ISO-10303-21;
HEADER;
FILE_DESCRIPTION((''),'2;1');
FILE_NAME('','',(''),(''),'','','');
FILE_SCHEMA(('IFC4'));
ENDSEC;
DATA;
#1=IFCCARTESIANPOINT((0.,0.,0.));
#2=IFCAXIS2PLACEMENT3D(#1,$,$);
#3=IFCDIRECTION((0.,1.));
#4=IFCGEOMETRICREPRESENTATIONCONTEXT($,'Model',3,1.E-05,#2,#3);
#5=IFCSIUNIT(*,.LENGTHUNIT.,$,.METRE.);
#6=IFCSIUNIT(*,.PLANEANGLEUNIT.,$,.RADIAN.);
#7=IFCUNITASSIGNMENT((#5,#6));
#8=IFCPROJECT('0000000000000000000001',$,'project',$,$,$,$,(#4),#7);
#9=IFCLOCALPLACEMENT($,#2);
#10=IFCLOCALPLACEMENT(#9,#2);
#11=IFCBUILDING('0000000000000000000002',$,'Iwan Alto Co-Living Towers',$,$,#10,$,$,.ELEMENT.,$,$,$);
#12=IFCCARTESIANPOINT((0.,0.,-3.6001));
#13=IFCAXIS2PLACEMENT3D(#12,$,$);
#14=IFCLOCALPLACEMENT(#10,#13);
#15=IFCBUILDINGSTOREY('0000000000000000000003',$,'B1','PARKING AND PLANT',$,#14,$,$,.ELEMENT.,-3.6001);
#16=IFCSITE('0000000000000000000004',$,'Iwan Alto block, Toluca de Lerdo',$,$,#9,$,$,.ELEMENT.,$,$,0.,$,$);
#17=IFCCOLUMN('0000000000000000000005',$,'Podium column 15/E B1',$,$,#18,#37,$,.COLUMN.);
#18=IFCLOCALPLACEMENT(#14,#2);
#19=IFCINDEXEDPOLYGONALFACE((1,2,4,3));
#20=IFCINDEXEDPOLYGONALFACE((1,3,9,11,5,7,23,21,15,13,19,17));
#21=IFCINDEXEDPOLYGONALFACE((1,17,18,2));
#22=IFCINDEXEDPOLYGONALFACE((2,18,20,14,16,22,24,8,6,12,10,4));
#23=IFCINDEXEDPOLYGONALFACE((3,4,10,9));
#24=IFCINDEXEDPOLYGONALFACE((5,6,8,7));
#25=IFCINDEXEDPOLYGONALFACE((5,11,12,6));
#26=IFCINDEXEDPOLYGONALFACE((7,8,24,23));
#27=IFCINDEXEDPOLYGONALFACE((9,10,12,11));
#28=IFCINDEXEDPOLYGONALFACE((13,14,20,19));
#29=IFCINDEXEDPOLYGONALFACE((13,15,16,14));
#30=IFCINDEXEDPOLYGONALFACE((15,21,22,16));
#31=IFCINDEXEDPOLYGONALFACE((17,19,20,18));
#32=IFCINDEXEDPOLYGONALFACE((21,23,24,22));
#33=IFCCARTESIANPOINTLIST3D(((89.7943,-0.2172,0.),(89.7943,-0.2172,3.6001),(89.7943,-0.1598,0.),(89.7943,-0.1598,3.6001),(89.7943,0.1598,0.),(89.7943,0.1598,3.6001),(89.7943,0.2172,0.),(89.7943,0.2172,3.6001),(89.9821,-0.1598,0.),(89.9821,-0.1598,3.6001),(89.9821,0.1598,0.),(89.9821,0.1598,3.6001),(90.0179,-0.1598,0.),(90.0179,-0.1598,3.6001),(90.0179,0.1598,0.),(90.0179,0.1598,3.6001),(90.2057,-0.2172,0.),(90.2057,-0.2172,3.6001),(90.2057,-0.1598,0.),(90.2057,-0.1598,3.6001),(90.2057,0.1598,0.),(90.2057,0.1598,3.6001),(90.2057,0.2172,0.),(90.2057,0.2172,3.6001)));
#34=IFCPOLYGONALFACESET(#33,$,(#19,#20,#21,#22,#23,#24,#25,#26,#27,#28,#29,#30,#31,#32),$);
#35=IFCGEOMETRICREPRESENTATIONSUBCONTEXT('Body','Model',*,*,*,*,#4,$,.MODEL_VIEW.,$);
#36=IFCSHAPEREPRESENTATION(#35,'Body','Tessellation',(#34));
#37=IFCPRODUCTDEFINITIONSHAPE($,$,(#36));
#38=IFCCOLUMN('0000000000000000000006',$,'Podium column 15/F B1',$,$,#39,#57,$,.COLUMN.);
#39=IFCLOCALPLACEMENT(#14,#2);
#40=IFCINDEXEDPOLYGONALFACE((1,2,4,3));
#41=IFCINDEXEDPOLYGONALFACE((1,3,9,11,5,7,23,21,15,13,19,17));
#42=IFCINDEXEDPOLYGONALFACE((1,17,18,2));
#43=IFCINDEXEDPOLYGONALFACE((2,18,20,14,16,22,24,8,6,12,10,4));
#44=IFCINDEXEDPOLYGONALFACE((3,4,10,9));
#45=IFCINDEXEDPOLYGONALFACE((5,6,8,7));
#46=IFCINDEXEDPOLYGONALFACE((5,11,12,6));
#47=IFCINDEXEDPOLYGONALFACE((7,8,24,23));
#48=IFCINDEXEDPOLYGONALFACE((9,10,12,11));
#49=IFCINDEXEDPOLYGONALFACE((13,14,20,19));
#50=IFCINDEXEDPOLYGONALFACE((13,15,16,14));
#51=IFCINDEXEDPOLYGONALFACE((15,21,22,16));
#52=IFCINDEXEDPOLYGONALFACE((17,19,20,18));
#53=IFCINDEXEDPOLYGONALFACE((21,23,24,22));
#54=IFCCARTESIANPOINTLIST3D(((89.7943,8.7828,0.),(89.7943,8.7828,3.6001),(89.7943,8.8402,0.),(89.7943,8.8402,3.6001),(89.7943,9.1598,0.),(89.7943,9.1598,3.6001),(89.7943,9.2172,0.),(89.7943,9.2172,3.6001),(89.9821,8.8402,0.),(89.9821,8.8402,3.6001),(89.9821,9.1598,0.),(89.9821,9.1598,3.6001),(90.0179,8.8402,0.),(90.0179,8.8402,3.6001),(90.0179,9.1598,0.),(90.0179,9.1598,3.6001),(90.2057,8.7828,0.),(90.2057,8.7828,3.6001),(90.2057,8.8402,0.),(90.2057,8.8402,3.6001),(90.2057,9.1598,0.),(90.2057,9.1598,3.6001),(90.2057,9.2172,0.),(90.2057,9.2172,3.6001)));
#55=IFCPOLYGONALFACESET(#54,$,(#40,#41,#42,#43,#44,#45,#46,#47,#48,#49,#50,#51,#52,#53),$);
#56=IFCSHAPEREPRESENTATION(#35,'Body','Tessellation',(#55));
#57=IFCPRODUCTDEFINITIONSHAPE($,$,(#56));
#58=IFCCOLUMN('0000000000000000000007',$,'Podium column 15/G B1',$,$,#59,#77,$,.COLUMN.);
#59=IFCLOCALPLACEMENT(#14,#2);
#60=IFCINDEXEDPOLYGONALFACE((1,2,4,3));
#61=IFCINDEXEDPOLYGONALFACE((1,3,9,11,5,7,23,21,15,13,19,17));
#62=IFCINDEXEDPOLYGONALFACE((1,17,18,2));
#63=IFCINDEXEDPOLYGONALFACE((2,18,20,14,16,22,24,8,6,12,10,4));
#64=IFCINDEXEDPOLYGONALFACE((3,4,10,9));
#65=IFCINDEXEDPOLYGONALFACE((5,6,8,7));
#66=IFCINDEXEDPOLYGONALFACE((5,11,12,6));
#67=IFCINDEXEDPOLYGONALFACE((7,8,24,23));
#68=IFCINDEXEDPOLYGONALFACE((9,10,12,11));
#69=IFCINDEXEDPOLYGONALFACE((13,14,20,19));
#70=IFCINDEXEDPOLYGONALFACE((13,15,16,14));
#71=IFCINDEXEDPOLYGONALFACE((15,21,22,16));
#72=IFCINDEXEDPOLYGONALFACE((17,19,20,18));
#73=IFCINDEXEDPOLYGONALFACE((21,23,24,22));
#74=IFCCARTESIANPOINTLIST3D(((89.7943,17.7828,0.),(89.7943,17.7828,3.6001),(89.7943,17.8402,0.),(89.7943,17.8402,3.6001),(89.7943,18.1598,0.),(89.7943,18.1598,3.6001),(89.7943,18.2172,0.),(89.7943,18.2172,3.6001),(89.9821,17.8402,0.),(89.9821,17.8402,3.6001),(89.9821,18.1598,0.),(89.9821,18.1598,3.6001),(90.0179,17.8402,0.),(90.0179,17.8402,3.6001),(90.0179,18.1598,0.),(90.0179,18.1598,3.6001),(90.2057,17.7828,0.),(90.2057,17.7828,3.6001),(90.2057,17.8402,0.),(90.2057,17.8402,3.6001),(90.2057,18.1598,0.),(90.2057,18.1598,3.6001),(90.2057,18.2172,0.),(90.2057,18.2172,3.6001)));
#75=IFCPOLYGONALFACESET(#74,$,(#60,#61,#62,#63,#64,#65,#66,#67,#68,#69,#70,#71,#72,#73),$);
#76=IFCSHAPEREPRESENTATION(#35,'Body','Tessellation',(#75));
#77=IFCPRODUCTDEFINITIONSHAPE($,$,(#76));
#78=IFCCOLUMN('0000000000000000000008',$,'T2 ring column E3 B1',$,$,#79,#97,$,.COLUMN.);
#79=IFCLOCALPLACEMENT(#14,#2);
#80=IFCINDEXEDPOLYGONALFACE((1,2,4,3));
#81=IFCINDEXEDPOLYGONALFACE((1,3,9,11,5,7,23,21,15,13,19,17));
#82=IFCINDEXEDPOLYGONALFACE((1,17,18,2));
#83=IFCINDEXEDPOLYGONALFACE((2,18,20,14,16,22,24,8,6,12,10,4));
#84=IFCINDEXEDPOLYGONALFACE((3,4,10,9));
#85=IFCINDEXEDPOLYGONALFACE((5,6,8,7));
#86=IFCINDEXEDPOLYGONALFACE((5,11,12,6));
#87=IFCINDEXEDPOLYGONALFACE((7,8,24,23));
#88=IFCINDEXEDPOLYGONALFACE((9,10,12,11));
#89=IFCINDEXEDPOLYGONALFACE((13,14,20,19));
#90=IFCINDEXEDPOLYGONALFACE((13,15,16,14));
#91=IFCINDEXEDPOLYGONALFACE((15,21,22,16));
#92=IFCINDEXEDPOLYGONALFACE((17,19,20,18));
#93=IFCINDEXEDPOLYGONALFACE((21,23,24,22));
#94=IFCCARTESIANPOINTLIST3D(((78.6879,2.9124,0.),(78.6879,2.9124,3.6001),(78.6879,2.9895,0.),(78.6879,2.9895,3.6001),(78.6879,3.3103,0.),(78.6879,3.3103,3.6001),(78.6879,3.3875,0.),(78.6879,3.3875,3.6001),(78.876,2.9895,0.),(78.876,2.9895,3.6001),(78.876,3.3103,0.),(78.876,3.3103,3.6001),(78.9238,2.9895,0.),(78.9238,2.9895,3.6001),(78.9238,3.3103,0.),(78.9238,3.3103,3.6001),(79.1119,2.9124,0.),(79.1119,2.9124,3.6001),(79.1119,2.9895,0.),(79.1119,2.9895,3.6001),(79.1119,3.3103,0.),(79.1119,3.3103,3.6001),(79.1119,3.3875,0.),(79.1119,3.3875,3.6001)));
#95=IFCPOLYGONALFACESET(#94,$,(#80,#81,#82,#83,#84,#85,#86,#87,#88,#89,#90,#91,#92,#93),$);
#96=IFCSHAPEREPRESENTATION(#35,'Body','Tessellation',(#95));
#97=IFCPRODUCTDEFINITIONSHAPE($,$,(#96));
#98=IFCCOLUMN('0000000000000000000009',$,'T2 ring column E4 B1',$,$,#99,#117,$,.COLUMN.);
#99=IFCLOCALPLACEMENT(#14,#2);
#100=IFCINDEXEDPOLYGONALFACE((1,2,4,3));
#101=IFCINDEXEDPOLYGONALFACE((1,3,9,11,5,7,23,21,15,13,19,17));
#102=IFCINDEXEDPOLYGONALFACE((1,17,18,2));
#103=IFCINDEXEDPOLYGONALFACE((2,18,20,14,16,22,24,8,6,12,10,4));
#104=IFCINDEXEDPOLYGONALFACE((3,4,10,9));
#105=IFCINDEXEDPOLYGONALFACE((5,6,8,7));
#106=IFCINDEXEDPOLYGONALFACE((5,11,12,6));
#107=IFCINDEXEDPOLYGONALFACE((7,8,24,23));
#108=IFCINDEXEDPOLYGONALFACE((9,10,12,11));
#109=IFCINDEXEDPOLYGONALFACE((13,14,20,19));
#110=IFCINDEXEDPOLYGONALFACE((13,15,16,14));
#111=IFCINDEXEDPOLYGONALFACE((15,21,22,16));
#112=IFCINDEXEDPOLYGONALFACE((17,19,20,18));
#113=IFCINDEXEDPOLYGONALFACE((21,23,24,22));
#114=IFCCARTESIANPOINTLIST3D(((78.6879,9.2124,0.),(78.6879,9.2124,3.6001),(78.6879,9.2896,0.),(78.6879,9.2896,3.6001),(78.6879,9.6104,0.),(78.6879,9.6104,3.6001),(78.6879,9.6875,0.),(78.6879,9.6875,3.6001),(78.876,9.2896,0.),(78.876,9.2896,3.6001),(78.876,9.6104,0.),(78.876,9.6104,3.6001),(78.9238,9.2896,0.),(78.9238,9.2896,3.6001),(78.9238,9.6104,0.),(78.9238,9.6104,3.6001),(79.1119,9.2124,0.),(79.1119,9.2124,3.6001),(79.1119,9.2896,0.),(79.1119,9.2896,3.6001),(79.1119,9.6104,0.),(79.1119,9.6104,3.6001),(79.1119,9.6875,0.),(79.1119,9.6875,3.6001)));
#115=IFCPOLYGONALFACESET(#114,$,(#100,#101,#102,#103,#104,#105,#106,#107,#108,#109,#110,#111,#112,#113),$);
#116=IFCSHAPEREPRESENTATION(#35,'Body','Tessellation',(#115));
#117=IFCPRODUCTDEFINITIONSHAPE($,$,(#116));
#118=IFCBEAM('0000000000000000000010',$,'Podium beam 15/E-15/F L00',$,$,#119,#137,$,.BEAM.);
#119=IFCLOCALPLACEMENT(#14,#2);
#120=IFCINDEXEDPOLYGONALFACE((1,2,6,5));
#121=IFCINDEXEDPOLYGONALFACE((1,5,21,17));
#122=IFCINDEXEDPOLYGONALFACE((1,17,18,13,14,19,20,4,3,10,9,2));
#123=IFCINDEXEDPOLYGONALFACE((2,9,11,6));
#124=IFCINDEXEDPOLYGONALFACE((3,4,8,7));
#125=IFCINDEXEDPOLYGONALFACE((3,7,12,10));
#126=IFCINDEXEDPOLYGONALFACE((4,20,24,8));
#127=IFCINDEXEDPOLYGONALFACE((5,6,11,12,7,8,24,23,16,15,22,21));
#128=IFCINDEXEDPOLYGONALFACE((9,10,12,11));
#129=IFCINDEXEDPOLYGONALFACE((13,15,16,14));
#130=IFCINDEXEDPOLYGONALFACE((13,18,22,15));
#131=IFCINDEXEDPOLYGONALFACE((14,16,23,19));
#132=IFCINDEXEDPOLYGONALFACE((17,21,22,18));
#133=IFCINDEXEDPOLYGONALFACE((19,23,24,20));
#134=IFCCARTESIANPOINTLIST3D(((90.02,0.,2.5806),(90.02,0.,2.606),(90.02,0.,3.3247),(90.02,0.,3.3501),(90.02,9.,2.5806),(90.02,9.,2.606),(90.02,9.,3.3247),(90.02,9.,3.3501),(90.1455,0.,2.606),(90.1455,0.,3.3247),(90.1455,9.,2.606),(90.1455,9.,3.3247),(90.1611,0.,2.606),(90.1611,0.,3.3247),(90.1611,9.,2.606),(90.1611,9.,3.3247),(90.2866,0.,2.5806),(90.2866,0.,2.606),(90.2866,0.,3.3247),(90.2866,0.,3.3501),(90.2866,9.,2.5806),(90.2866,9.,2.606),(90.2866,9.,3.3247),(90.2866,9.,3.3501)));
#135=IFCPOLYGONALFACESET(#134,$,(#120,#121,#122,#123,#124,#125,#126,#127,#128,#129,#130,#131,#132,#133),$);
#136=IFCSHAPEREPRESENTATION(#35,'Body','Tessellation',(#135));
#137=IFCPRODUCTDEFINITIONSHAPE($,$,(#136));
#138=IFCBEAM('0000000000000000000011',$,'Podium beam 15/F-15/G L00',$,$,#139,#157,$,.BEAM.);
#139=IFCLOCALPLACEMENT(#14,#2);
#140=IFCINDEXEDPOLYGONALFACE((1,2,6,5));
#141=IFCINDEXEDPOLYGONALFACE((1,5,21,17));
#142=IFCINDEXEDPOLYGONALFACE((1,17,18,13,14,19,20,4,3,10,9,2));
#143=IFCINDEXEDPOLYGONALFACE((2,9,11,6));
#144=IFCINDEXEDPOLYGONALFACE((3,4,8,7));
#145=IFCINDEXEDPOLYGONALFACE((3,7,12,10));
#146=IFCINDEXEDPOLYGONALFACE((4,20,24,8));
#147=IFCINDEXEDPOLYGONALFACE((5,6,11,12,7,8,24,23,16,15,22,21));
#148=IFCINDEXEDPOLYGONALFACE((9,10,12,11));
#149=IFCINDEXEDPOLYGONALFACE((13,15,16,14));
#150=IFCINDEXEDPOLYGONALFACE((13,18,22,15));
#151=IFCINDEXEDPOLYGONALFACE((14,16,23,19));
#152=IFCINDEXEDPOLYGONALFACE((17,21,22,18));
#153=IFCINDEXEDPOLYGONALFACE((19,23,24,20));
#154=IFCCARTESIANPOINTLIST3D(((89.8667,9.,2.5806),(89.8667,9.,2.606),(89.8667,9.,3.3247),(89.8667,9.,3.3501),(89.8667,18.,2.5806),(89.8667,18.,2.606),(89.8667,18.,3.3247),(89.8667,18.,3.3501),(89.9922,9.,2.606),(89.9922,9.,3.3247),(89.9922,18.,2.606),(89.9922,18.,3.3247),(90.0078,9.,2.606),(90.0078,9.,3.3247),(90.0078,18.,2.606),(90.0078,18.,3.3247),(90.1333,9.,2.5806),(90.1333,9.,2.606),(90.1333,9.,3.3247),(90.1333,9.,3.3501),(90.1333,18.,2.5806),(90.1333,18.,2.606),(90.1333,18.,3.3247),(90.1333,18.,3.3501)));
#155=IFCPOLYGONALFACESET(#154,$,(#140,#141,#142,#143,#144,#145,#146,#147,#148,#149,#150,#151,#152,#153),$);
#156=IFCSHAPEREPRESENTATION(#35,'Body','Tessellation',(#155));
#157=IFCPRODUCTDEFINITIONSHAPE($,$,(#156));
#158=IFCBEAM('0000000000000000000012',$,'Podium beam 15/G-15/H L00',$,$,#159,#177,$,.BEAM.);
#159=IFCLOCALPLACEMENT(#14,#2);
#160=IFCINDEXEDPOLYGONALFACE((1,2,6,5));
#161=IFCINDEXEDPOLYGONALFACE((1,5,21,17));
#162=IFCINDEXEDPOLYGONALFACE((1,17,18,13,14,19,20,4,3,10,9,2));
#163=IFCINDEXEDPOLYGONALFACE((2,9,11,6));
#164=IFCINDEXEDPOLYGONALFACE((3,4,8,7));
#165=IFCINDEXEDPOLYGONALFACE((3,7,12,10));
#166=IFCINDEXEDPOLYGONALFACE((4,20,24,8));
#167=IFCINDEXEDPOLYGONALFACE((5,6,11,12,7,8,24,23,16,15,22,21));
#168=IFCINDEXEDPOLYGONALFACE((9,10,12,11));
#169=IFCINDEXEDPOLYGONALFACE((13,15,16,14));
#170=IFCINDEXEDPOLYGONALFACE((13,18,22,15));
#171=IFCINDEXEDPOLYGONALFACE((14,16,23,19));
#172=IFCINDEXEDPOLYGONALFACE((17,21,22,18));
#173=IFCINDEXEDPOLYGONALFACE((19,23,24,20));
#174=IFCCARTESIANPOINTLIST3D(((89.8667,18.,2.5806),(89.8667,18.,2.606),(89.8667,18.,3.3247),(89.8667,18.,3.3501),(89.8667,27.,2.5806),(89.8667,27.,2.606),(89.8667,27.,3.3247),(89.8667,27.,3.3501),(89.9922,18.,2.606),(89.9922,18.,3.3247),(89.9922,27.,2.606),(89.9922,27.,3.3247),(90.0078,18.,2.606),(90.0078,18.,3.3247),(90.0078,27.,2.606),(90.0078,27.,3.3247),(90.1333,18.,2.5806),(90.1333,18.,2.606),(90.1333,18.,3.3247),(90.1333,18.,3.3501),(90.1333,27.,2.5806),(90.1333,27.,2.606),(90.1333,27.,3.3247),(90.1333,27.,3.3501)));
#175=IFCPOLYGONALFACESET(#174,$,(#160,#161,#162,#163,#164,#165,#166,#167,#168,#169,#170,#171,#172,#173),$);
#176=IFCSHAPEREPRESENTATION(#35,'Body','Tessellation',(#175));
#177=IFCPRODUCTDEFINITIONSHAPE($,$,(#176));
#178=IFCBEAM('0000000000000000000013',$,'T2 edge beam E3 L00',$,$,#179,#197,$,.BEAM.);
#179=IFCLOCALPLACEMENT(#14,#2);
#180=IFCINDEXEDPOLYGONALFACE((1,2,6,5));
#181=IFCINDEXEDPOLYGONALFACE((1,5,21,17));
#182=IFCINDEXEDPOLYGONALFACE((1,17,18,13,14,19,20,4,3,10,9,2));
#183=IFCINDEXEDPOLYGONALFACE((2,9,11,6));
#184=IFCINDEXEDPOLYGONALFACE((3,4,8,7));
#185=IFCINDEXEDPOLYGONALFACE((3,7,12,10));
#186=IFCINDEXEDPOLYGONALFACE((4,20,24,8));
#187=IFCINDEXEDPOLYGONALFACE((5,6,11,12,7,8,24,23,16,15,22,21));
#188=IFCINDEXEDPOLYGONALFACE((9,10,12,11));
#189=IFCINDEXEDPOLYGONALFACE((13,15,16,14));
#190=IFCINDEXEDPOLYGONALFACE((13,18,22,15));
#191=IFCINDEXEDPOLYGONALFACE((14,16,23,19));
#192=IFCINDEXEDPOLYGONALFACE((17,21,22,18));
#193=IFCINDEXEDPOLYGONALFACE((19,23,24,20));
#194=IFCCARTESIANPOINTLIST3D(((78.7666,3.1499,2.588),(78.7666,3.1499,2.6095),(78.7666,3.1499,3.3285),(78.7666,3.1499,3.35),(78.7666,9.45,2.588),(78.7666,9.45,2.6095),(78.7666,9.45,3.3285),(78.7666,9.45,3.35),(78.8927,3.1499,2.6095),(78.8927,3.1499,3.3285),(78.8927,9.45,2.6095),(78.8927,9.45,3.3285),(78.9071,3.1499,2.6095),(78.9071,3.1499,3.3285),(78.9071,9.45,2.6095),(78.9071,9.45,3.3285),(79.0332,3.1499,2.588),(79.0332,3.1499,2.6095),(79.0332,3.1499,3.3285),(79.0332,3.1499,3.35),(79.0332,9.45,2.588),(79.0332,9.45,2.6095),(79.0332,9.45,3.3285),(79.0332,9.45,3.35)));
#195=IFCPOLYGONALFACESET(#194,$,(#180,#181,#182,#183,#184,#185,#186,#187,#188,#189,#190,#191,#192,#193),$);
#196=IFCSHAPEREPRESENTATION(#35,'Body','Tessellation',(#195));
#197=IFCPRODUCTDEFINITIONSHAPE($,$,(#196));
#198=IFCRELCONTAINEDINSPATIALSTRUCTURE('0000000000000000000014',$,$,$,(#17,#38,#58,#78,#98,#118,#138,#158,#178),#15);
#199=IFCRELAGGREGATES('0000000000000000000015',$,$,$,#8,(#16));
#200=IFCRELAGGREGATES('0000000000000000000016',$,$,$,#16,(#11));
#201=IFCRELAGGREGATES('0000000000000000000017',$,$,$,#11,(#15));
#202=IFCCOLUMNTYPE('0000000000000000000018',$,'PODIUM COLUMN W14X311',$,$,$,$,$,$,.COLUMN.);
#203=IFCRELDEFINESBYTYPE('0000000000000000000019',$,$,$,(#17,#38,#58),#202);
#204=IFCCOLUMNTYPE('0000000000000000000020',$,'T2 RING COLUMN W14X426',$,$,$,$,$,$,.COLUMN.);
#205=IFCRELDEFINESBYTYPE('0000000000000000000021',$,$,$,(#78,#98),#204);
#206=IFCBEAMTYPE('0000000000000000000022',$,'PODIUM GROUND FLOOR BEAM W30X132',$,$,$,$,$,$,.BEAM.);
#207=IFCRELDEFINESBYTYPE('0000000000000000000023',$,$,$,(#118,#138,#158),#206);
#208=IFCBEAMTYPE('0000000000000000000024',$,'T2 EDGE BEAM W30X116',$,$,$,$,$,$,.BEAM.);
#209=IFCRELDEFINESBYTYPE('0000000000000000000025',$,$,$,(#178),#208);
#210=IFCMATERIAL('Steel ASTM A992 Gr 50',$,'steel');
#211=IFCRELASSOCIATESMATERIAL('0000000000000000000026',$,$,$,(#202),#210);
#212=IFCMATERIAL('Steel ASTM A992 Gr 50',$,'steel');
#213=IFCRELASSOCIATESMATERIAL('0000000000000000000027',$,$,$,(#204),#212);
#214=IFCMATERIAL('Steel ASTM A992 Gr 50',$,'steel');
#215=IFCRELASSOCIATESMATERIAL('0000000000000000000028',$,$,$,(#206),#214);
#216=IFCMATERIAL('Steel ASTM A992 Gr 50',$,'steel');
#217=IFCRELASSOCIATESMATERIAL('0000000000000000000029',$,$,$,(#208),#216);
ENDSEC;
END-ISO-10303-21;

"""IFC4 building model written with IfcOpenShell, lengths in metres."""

from ifc_helpers import new_model, si_unit, direction, frame, origin, origin_2d, place, context, subcontext, project, spatial, i_section, extrude, material, material_profile, profile_set, type_object, element, save


model = new_model("IFC4")

# Units and contexts
model_context = context("Model", 3, precision=1e-05, world=origin(), true_north=direction((0.0, 1.0)))
body_context = subcontext(model_context, "Body", "Model", "MODEL_VIEW")
ifc_project = project(units=[si_unit("LENGTHUNIT", "METRE"), si_unit("PLANEANGLEUNIT", "RADIAN")], contexts=[model_context])

# Site, building, storey
site_placement = place(None, origin())
site = spatial("IfcSite", under=ifc_project, at=site_placement, Name="Iwan Alto block, Toluca de Lerdo", CompositionType="ELEMENT", RefElevation=0.0)
building_placement = place(site_placement, origin())
building = spatial("IfcBuilding", under=site, at=building_placement, Name="Iwan Alto Co-Living Towers", CompositionType="ELEMENT")
storey_placement = place(building_placement, frame((0.0, 0.0, -3.6001)))
storey = spatial("IfcBuildingStorey", under=building, at=storey_placement, Name="B1", Description="PARKING AND PLANT", CompositionType="ELEMENT", Elevation=-3.6001)

# Columns
ifc_material_1 = material(Name="Steel ASTM A992 Gr 50", Category="steel")
ifc_material_profile_1 = material_profile(ifc_material_1, i_section(OverallWidth=0.4114, OverallDepth=0.4343, WebThickness=0.0359, FlangeThickness=0.0574, at=origin_2d()), Name="W14X311")
ifc_profile_set_1 = profile_set([ifc_material_profile_1], Name="Steel ASTM A992 Gr 50")
column_type_1 = type_object("IfcColumnType", Name="PODIUM COLUMN W14X311", PredefinedType="COLUMN", material=ifc_profile_set_1)
for number, where, z_axis, x_axis, name in (
    (1, (90.0, 0.0, 0.0), (0.0, 0.0, 1.0), (1.0, 0.0, 0.0), "Podium column 15/E B1"),
    (2, (90.0, 9.0, 0.0), (0.0, 0.0, 1.0), (1.0, 0.0, 0.0), "Podium column 15/F B1"),
    (3, (90.0, 18.0, 0.0), (0.0, 0.0, 1.0), (1.0, 0.0, 0.0), "Podium column 15/G B1"),
):
    element("IfcColumn", number, at=place(storey_placement, frame(where, z_axis=z_axis, x_axis=x_axis)), inside=storey, type_object=column_type_1, Name=name, PredefinedType="COLUMN", context=body_context, shape_type="SweptSolid", body=[
        extrude(i_section(OverallWidth=0.4114, OverallDepth=0.4343, WebThickness=0.0359, FlangeThickness=0.0574, at=origin_2d()), origin(), (0.0, 0.0, 1.0), 3.6001),
    ])
ifc_material_2 = material(Name="Steel ASTM A992 Gr 50", Category="steel")
ifc_material_profile_2 = material_profile(ifc_material_2, i_section(OverallWidth=0.4241, OverallDepth=0.4751, WebThickness=0.0479, FlangeThickness=0.0771, at=origin_2d()), Name="W14X426")
ifc_profile_set_2 = profile_set([ifc_material_profile_2], Name="Steel ASTM A992 Gr 50")
column_type_2 = type_object("IfcColumnType", Name="T2 RING COLUMN W14X426", PredefinedType="COLUMN", material=ifc_profile_set_2)
for number, where, z_axis, x_axis, name in (
    (4, (78.8999, 3.1499, 0.0), (0.0, 0.0, 1.0), (1.0, 0.0, 0.0), "T2 ring column E3 B1"),
    (5, (78.8999, 9.45, 0.0), (0.0, 0.0, 1.0), (1.0, 0.0, 0.0), "T2 ring column E4 B1"),
):
    element("IfcColumn", number, at=place(storey_placement, frame(where, z_axis=z_axis, x_axis=x_axis)), inside=storey, type_object=column_type_2, Name=name, PredefinedType="COLUMN", context=body_context, shape_type="SweptSolid", body=[
        extrude(i_section(OverallWidth=0.4241, OverallDepth=0.4751, WebThickness=0.0479, FlangeThickness=0.0771, at=origin_2d()), origin(), (0.0, 0.0, 1.0), 3.6001),
    ])

# Beams
ifc_material_3 = material(Name="Steel ASTM A992 Gr 50", Category="steel")
ifc_material_profile_3 = material_profile(ifc_material_3, i_section(OverallWidth=0.2666, OverallDepth=0.7695, WebThickness=0.0156, FlangeThickness=0.0254, at=origin_2d()), Name="W30X132")
ifc_profile_set_3 = profile_set([ifc_material_profile_3], Name="Steel ASTM A992 Gr 50")
beam_type_1 = type_object("IfcBeamType", Name="PODIUM GROUND FLOOR BEAM W30X132", PredefinedType="BEAM", material=ifc_profile_set_3)
for number, where, z_axis, x_axis, name in (
    (6, (90.1533, 0.0, 2.9653), (0.0, 1.0, 0.0), (-1.0, 0.0, 0.0), "Podium beam 15/E-15/F L00"),
    (7, (90.0, 9.0, 2.9653), (0.0, 1.0, 0.0), (-1.0, 0.0, 0.0), "Podium beam 15/F-15/G L00"),
    (8, (90.0, 18.0, 2.9653), (0.0, 1.0, 0.0), (-1.0, 0.0, 0.0), "Podium beam 15/G-15/H L00"),
):
    element("IfcBeam", number, at=place(storey_placement, frame(where, z_axis=z_axis, x_axis=x_axis)), inside=storey, type_object=beam_type_1, Name=name, PredefinedType="BEAM", context=body_context, shape_type="SweptSolid", body=[
        extrude(i_section(OverallWidth=0.2666, OverallDepth=0.7695, WebThickness=0.0156, FlangeThickness=0.0254, at=origin_2d()), origin(), (0.0, 0.0, 1.0), 9.0),
    ])
ifc_material_4 = material(Name="Steel ASTM A992 Gr 50", Category="steel")
ifc_material_profile_4 = material_profile(ifc_material_4, i_section(OverallWidth=0.2666, OverallDepth=0.762, WebThickness=0.0144, FlangeThickness=0.0215, at=origin_2d()), Name="W30X116")
ifc_profile_set_4 = profile_set([ifc_material_profile_4], Name="Steel ASTM A992 Gr 50")
beam_type_2 = type_object("IfcBeamType", Name="T2 EDGE BEAM W30X116", PredefinedType="BEAM", material=ifc_profile_set_4)
beam_1_placement = place(storey_placement, frame((78.8999, 3.1499, 2.969), z_axis=(0.0, 1.0, 0.0), x_axis=(-1.0, 0.0, 0.0)))
element("IfcBeam", 9, at=beam_1_placement, inside=storey, type_object=beam_type_2, Name="T2 edge beam E3 L00", PredefinedType="BEAM", context=body_context, shape_type="SweptSolid", body=[
    extrude(i_section(OverallWidth=0.2666, OverallDepth=0.762, WebThickness=0.0144, FlangeThickness=0.0215, at=origin_2d()), origin(), (0.0, 0.0, 1.0), 6.3),
])

save(model, "model.ifc")
